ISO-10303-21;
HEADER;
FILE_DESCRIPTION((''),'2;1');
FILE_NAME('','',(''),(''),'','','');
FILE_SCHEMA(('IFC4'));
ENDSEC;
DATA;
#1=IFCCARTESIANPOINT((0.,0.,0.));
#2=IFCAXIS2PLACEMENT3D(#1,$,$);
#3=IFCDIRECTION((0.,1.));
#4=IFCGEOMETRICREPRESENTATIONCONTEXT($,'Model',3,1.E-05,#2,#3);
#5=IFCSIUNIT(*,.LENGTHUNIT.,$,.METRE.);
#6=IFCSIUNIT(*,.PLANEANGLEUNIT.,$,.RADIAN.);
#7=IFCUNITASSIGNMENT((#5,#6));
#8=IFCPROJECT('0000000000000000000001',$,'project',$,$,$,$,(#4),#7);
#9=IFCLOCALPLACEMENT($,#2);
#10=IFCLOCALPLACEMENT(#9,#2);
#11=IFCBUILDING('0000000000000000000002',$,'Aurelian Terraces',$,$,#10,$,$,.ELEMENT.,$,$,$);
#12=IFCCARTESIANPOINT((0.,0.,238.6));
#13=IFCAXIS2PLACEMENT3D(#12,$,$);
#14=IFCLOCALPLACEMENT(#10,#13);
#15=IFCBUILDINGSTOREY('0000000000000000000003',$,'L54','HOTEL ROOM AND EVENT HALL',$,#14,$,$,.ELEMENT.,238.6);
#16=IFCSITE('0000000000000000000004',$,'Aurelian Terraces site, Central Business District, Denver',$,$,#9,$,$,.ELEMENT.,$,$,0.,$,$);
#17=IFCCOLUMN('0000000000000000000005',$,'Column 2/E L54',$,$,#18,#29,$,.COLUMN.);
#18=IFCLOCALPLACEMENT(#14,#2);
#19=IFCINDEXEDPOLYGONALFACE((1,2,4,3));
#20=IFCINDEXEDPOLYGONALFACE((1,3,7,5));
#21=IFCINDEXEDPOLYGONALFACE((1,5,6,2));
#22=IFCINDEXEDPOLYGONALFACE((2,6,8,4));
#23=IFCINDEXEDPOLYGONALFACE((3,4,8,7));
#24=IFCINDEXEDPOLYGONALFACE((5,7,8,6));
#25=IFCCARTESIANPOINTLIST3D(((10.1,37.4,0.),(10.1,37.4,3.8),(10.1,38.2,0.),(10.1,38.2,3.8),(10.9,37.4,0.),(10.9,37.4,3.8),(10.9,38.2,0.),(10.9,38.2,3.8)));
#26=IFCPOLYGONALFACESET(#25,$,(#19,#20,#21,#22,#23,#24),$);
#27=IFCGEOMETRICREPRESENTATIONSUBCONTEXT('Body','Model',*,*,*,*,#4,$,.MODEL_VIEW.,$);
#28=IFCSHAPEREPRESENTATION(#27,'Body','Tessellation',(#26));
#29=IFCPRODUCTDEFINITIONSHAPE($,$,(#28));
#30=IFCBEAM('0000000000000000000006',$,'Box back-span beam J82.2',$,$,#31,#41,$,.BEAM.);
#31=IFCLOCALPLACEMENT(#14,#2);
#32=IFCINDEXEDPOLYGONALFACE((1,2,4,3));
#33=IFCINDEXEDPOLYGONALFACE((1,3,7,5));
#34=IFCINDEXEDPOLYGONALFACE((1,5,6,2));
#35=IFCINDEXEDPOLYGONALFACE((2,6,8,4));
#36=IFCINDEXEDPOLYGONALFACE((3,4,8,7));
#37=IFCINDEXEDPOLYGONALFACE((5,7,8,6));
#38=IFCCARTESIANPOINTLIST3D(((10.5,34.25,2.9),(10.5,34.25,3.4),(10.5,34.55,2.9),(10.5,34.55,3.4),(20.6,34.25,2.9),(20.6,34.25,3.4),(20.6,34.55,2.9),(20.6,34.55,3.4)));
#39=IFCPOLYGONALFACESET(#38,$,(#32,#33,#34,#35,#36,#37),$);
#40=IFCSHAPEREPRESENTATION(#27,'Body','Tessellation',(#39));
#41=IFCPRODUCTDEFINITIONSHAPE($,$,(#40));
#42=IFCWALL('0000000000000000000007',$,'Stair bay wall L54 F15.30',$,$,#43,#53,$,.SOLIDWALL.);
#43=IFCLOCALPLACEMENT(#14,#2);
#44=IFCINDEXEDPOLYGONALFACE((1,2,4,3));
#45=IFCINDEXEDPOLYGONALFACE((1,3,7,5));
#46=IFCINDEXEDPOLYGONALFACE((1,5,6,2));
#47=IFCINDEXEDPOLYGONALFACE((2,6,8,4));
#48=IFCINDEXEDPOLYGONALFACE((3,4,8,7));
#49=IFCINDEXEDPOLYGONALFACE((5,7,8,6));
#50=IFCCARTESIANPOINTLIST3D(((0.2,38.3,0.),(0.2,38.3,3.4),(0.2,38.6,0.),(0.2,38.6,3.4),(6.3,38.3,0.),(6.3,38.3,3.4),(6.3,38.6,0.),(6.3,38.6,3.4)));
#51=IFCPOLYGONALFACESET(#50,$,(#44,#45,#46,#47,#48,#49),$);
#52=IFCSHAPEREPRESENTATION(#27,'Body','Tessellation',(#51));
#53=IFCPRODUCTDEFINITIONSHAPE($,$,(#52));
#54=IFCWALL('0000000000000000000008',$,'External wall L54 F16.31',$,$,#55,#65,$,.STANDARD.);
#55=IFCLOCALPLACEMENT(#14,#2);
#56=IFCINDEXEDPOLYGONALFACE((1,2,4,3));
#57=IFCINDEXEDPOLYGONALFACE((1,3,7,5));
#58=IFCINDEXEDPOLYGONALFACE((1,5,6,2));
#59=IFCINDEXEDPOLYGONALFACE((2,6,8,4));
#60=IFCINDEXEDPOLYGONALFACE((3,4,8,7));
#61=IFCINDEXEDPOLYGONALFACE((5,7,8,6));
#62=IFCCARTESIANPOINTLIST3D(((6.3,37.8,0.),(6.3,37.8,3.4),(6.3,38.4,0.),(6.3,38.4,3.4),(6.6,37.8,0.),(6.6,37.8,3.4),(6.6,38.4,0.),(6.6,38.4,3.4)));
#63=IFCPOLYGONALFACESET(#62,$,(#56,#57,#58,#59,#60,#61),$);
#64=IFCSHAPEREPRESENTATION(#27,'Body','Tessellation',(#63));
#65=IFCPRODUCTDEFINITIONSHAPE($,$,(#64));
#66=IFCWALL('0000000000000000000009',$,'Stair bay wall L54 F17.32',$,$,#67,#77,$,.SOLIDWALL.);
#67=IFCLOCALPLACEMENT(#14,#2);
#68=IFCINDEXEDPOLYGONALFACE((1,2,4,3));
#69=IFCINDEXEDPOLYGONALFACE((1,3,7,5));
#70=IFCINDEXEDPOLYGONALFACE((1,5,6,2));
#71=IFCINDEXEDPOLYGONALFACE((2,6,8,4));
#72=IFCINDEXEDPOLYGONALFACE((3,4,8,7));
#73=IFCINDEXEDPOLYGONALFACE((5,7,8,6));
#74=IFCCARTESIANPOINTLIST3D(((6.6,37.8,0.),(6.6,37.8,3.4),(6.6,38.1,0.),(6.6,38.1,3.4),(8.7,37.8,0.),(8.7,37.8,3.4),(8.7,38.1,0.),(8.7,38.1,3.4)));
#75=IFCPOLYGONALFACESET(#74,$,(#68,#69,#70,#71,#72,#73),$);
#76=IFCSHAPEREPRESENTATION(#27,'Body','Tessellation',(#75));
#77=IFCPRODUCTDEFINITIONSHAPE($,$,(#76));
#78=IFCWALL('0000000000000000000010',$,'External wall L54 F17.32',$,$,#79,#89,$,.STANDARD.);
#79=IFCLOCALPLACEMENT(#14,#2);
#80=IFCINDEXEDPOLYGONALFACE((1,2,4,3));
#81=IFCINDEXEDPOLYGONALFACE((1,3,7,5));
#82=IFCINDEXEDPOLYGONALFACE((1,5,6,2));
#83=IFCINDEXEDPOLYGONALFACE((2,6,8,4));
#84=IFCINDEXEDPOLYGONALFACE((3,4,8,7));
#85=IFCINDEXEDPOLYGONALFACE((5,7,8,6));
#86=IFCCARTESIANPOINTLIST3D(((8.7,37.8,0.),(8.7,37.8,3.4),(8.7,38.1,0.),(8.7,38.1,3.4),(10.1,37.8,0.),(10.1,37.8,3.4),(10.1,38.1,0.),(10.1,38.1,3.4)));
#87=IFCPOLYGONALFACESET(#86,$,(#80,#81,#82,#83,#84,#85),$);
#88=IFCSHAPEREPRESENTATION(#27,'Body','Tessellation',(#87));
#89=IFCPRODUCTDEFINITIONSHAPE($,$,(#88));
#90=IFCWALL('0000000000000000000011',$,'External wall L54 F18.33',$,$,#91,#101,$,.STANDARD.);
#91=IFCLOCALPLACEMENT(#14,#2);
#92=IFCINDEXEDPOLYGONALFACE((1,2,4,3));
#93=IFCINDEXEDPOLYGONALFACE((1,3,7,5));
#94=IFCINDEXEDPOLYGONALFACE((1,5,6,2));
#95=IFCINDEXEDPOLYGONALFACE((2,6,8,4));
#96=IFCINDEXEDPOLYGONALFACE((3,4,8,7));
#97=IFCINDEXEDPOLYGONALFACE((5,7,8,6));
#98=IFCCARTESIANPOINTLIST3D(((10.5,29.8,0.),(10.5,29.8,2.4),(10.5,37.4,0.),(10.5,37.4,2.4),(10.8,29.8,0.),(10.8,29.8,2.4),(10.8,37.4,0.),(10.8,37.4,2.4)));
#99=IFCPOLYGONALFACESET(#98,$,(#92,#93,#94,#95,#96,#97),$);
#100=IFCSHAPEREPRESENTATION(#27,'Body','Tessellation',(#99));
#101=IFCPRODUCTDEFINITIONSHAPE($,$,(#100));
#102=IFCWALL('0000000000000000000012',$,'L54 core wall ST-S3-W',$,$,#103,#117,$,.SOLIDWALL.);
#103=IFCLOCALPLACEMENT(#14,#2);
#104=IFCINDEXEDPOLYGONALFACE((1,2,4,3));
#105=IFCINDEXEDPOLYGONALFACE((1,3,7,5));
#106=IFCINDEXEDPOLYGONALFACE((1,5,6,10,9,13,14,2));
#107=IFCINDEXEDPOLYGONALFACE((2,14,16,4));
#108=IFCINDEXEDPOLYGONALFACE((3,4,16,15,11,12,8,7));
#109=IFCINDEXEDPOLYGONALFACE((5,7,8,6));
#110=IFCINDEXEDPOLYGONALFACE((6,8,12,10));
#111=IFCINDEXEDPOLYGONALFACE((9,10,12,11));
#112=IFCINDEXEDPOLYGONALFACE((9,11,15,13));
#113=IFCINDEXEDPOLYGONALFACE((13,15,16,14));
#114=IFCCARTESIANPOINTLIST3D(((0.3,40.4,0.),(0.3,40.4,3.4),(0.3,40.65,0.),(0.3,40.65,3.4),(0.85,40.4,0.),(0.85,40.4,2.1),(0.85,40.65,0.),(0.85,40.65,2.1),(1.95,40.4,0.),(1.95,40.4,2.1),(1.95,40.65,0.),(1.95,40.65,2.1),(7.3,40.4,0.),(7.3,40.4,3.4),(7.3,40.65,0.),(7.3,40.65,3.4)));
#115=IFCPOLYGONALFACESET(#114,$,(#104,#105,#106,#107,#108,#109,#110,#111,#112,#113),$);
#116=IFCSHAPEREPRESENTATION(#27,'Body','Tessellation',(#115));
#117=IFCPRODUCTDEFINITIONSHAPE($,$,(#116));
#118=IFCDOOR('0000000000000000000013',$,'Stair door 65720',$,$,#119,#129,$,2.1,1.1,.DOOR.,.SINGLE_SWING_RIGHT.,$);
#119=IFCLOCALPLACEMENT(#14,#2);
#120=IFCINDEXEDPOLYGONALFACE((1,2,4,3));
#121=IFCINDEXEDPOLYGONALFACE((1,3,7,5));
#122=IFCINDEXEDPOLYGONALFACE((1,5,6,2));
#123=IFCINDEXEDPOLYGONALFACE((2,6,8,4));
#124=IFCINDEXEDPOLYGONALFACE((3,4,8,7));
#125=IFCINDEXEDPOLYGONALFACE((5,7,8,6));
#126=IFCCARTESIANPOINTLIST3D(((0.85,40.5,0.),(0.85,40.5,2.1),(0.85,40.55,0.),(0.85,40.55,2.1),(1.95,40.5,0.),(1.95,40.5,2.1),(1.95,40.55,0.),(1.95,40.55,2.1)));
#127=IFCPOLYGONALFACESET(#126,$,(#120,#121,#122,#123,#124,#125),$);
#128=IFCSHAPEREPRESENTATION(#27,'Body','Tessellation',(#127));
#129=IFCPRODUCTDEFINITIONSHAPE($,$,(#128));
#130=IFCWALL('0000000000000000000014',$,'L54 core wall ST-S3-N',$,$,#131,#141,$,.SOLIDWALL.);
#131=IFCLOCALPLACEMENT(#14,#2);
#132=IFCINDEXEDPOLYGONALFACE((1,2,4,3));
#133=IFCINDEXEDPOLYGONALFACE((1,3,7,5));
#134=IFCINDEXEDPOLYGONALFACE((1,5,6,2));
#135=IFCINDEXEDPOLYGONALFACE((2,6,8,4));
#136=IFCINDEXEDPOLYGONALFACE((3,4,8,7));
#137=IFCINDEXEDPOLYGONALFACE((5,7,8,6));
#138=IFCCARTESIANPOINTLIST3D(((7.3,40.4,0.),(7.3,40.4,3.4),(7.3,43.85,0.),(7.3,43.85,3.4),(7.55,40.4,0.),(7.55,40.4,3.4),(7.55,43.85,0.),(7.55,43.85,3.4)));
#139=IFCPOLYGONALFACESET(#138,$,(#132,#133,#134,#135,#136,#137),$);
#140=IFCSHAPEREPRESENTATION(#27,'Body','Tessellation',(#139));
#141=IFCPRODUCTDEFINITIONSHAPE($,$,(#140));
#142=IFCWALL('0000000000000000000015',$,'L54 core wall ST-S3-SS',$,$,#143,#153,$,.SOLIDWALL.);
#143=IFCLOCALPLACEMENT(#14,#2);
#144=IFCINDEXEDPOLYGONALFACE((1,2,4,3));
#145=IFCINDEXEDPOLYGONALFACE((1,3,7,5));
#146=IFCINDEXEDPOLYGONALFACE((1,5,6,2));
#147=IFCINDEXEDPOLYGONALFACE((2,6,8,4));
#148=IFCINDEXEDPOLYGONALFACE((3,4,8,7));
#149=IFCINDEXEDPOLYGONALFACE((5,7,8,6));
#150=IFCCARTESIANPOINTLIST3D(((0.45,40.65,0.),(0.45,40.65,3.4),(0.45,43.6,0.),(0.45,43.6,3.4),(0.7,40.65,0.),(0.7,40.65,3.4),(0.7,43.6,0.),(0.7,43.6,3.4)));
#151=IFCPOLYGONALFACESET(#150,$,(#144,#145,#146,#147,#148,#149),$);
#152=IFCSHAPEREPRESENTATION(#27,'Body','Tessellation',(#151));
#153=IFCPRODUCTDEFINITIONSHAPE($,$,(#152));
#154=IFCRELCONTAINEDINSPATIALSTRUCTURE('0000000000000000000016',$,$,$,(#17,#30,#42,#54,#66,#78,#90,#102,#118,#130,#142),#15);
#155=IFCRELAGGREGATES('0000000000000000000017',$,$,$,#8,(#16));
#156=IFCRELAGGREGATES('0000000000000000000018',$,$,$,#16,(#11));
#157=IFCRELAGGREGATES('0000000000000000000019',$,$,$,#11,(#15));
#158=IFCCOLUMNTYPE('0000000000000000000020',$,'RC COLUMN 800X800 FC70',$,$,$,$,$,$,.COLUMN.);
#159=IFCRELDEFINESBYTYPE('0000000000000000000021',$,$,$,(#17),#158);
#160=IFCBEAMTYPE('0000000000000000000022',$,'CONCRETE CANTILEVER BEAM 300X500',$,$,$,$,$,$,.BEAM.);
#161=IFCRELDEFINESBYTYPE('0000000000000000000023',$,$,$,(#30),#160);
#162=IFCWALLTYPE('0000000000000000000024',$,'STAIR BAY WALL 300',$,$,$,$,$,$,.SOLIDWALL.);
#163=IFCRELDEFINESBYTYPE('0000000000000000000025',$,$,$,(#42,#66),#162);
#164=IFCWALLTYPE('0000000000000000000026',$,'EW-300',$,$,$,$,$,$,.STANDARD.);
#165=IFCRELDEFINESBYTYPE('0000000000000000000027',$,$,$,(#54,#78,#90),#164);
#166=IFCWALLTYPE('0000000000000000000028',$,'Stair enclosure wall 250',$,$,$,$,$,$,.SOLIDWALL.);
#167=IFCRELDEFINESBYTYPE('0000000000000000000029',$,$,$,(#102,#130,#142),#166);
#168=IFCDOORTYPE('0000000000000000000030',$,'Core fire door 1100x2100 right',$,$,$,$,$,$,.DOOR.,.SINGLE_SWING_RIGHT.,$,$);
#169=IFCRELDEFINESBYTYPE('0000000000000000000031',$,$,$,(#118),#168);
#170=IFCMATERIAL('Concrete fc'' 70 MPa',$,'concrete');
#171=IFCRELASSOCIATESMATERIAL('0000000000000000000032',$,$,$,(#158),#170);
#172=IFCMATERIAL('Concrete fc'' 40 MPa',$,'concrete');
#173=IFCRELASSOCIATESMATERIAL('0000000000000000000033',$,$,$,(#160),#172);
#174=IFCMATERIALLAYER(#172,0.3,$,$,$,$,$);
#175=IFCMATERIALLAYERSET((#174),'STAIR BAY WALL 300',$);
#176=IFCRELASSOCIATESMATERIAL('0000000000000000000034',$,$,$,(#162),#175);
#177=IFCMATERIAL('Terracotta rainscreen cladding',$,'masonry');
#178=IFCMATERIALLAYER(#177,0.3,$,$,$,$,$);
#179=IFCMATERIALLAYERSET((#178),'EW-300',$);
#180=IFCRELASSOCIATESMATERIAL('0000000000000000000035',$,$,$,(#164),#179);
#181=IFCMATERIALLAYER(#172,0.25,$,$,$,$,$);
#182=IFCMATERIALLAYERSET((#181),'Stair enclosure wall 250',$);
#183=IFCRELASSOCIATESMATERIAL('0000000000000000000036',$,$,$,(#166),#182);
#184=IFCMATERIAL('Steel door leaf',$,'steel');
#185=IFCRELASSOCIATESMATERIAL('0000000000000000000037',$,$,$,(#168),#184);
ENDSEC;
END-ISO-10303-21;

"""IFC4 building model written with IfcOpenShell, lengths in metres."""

from ifc_helpers import new_model, si_unit, direction, frame, frame_2d, origin, origin_2d, place, context, subcontext, project, spatial, rectangle, extrude, source, transform, mapped, material, layer, layer_set, material_profile, profile_set, type_object, element, fill, save


model = new_model("IFC4")

# Units and contexts
model_context = context("Model", 3, precision=1e-05, world=origin(), true_north=direction((0.0, 1.0)))
body_context = subcontext(model_context, "Body", "Model", "MODEL_VIEW")
ifc_project = project(units=[si_unit("LENGTHUNIT", "METRE"), si_unit("PLANEANGLEUNIT", "RADIAN")], contexts=[model_context])

# Site, building, storey
site_placement = place(None, origin())
site = spatial("IfcSite", under=ifc_project, at=site_placement, Name="Aurelian Terraces site, Central Business District, Denver", CompositionType="ELEMENT", RefElevation=0.0)
building_placement = place(site_placement, origin())
building = spatial("IfcBuilding", under=site, at=building_placement, Name="Aurelian Terraces", CompositionType="ELEMENT")
storey_placement = place(building_placement, frame((0.0, 0.0, 238.6)))
storey = spatial("IfcBuildingStorey", under=building, at=storey_placement, Name="L54", Description="HOTEL ROOM AND EVENT HALL", CompositionType="ELEMENT", Elevation=238.6)

# Column
ifc_material_1 = material(Name="Concrete fc' 70 MPa", Category="concrete")
ifc_material_profile_1 = material_profile(ifc_material_1, rectangle(XDim=0.8, YDim=0.8, at=origin_2d()))
ifc_profile_set_1 = profile_set([ifc_material_profile_1], Name="Concrete fc' 70 MPa")
column_type = type_object("IfcColumnType", Name="RC COLUMN 800X800 FC70", PredefinedType="COLUMN", material=ifc_profile_set_1)
shared_shape_1 = source(origin(), body_context, "Body", "SweptSolid", [
    extrude(rectangle(XDim=0.8, YDim=0.8, at=origin_2d()), origin(), (0.0, 0.0, 1.0), 3.8),
])
column_placement = place(storey_placement, frame((10.5, 37.8, 0.0), z_axis=(0.0, 0.0, 1.0), x_axis=(1.0, 0.0, 0.0)))
element("IfcColumn", 1, at=column_placement, inside=storey, type_object=column_type, Name="Column 2/E L54", PredefinedType="COLUMN", context=body_context, shape_type="MappedRepresentation", body=[
    mapped(shared_shape_1, transform((0.0, 0.0, 0.0), scale=1.0)),
])

# Beam
ifc_material_2 = material(Name="Concrete fc' 40 MPa", Category="concrete")
ifc_material_profile_2 = material_profile(ifc_material_2, rectangle(XDim=0.3, YDim=0.5, at=origin_2d()))
ifc_profile_set_2 = profile_set([ifc_material_profile_2], Name="Concrete fc' 40 MPa")
beam_type = type_object("IfcBeamType", Name="CONCRETE CANTILEVER BEAM 300X500", PredefinedType="BEAM", material=ifc_profile_set_2)
shared_shape_2 = source(origin(), body_context, "Body", "SweptSolid", [
    extrude(rectangle(XDim=0.3, YDim=0.5, at=origin_2d()), origin(), (0.0, 0.0, 1.0), 10.1),
])
beam_placement = place(storey_placement, frame((10.5, 34.4, 3.15), z_axis=(1.0, 0.0, 0.0), x_axis=(0.0, 1.0, 0.0)))
element("IfcBeam", 2, at=beam_placement, inside=storey, type_object=beam_type, Name="Box back-span beam J82.2", PredefinedType="BEAM", context=body_context, shape_type="MappedRepresentation", body=[
    mapped(shared_shape_2, transform((0.0, 0.0, 0.0), scale=1.0)),
])

# Walls
ifc_layer_1 = layer(ifc_material_2, 0.3)
ifc_layer_set_1 = layer_set([ifc_layer_1], Name="STAIR BAY WALL 300")
wall_type_1 = type_object("IfcWallType", Name="STAIR BAY WALL 300", PredefinedType="SOLIDWALL", material=ifc_layer_set_1)
shared_shape_3 = source(origin(), body_context, "Body", "SweptSolid", [
    extrude(rectangle(XDim=6.1, YDim=0.3, at=frame_2d((3.05, 0.0))), origin(), (0.0, 0.0, 1.0), 3.4),
])
wall_1_placement = place(storey_placement, frame((0.2, 38.45, 0.0), z_axis=(0.0, 0.0, 1.0), x_axis=(1.0, 0.0, 0.0)))
element("IfcWall", 3, at=wall_1_placement, inside=storey, type_object=wall_type_1, Name="Stair bay wall L54 F15.30", PredefinedType="SOLIDWALL", context=body_context, shape_type="MappedRepresentation", body=[
    mapped(shared_shape_3, transform((0.0, 0.0, 0.0), scale=1.0)),
])
ifc_material_3 = material(Name="Terracotta rainscreen cladding", Category="masonry")
ifc_layer_2 = layer(ifc_material_3, 0.3)
ifc_layer_set_2 = layer_set([ifc_layer_2], Name="EW-300")
wall_type_2 = type_object("IfcWallType", Name="EW-300", PredefinedType="STANDARD", material=ifc_layer_set_2)
shared_shape_4 = source(origin(), body_context, "Body", "SweptSolid", [
    extrude(rectangle(XDim=0.6, YDim=0.3, at=frame_2d((0.3, 0.0))), origin(), (0.0, 0.0, 1.0), 3.4),
])
wall_2_placement = place(storey_placement, frame((6.45, 38.4, 0.0), z_axis=(0.0, 0.0, 1.0), x_axis=(0.0, -1.0, 0.0)))
element("IfcWall", 4, at=wall_2_placement, inside=storey, type_object=wall_type_2, Name="External wall L54 F16.31", PredefinedType="STANDARD", context=body_context, shape_type="MappedRepresentation", body=[
    mapped(shared_shape_4, transform((0.0, 0.0, 0.0), scale=1.0)),
])
shared_shape_5 = source(origin(), body_context, "Body", "SweptSolid", [
    extrude(rectangle(XDim=2.1, YDim=0.3, at=frame_2d((1.05, 0.0))), origin(), (0.0, 0.0, 1.0), 3.4),
])
wall_3_placement = place(storey_placement, frame((6.6, 37.95, 0.0), z_axis=(0.0, 0.0, 1.0), x_axis=(1.0, 0.0, 0.0)))
element("IfcWall", 5, at=wall_3_placement, inside=storey, type_object=wall_type_1, Name="Stair bay wall L54 F17.32", PredefinedType="SOLIDWALL", context=body_context, shape_type="MappedRepresentation", body=[
    mapped(shared_shape_5, transform((0.0, 0.0, 0.0), scale=1.0)),
])
shared_shape_6 = source(origin(), body_context, "Body", "SweptSolid", [
    extrude(rectangle(XDim=1.4, YDim=0.3, at=frame_2d((0.7, 0.0))), origin(), (0.0, 0.0, 1.0), 3.4),
])
wall_4_placement = place(storey_placement, frame((8.7, 37.95, 0.0), z_axis=(0.0, 0.0, 1.0), x_axis=(1.0, 0.0, 0.0)))
element("IfcWall", 6, at=wall_4_placement, inside=storey, type_object=wall_type_2, Name="External wall L54 F17.32", PredefinedType="STANDARD", context=body_context, shape_type="MappedRepresentation", body=[
    mapped(shared_shape_6, transform((0.0, 0.0, 0.0), scale=1.0)),
])
shared_shape_7 = source(origin(), body_context, "Body", "SweptSolid", [
    extrude(rectangle(XDim=7.6, YDim=0.3, at=frame_2d((3.8, 0.0))), origin(), (0.0, 0.0, 1.0), 2.4),
])
wall_5_placement = place(storey_placement, frame((10.65, 37.4, 0.0), z_axis=(0.0, 0.0, 1.0), x_axis=(0.0, -1.0, 0.0)))
element("IfcWall", 7, at=wall_5_placement, inside=storey, type_object=wall_type_2, Name="External wall L54 F18.33", PredefinedType="STANDARD", context=body_context, shape_type="MappedRepresentation", body=[
    mapped(shared_shape_7, transform((0.0, 0.0, 0.0), scale=1.0)),
])

# Wall, opening, door
ifc_layer_3 = layer(ifc_material_2, 0.25)
ifc_layer_set_3 = layer_set([ifc_layer_3], Name="Stair enclosure wall 250")
wall_type_3 = type_object("IfcWallType", Name="Stair enclosure wall 250", PredefinedType="SOLIDWALL", material=ifc_layer_set_3)
shared_shape_8 = source(origin(), body_context, "Body", "SweptSolid", [
    extrude(rectangle(XDim=7.0, YDim=0.25, at=frame_2d((3.5, 0.0))), origin(), (0.0, 0.0, 1.0), 3.4),
])
wall_6_placement = place(storey_placement, frame((0.3, 40.525, 0.0), z_axis=(0.0, 0.0, 1.0), x_axis=(1.0, 0.0, 0.0)))
wall_6 = element("IfcWall", 8, at=wall_6_placement, inside=storey, type_object=wall_type_3, Name="L54 core wall ST-S3-W", PredefinedType="SOLIDWALL", context=body_context, shape_type="MappedRepresentation", body=[
    mapped(shared_shape_8, transform((0.0, 0.0, 0.0), scale=1.0)),
])
shared_shape_9 = source(origin(), body_context, "Body", "SweptSolid", [
    extrude(rectangle(XDim=1.1, YDim=2.1, at=frame_2d((0.55, 1.05))), frame((0.0, 0.135, 0.0), z_axis=(0.0, -1.0, 0.0), x_axis=(1.0, 0.0, 0.0)), (0.0, 0.0, 1.0), 0.27),
])
opening_1_placement = place(wall_6_placement, frame((0.55, 0.0, 0.0)))
opening_1 = element("IfcOpeningElement", 9, at=opening_1_placement, cuts=wall_6, PredefinedType="OPENING", context=body_context, shape_type="MappedRepresentation", body=[
    mapped(shared_shape_9, transform((0.0, 0.0, 0.0), scale=1.0)),
])
ifc_material_4 = material(Name="Steel door leaf", Category="steel")
door_type_1 = type_object("IfcDoorType", Name="Core fire door 1100x2100 right", OperationType="SINGLE_SWING_RIGHT", PredefinedType="DOOR", material=ifc_material_4)
shared_shape_10 = source(origin(), body_context, "Body", "SweptSolid", [
    extrude(rectangle(XDim=1.1, YDim=2.1, at=frame_2d((0.55, 1.05))), frame((0.0, 0.025, 0.0), z_axis=(0.0, -1.0, 0.0), x_axis=(1.0, 0.0, 0.0)), (0.0, 0.0, 1.0), 0.05),
])
door_1_placement = place(opening_1_placement, origin())
door_1 = element("IfcDoor", 10, at=door_1_placement, inside=storey, type_object=door_type_1, Name="Stair door 65720", OperationType="SINGLE_SWING_RIGHT", OverallHeight=2.1, OverallWidth=1.1, PredefinedType="DOOR", context=body_context, shape_type="MappedRepresentation", body=[
    mapped(shared_shape_10, transform((0.0, 0.0, 0.0), scale=1.0)),
])
fill(opening_1, door_1)

# Walls
shared_shape_11 = source(origin(), body_context, "Body", "SweptSolid", [
    extrude(rectangle(XDim=3.45, YDim=0.25, at=frame_2d((1.725, 0.0))), origin(), (0.0, 0.0, 1.0), 3.4),
])
wall_7_placement = place(storey_placement, frame((7.425, 40.4, 0.0), z_axis=(0.0, 0.0, 1.0), x_axis=(0.0, 1.0, 0.0)))
element("IfcWall", 11, at=wall_7_placement, inside=storey, type_object=wall_type_3, Name="L54 core wall ST-S3-N", PredefinedType="SOLIDWALL", context=body_context, shape_type="MappedRepresentation", body=[
    mapped(shared_shape_11, transform((0.0, 0.0, 0.0), scale=1.0)),
])
shared_shape_12 = source(origin(), body_context, "Body", "SweptSolid", [
    extrude(rectangle(XDim=2.95, YDim=0.25, at=frame_2d((1.475, 0.0))), origin(), (0.0, 0.0, 1.0), 3.4),
])
wall_8_placement = place(storey_placement, frame((0.575, 40.65, 0.0), z_axis=(0.0, 0.0, 1.0), x_axis=(0.0, 1.0, 0.0)))
element("IfcWall", 12, at=wall_8_placement, inside=storey, type_object=wall_type_3, Name="L54 core wall ST-S3-SS", PredefinedType="SOLIDWALL", context=body_context, shape_type="MappedRepresentation", body=[
    mapped(shared_shape_12, transform((0.0, 0.0, 0.0), scale=1.0)),
])

save(model, "model.ifc")
